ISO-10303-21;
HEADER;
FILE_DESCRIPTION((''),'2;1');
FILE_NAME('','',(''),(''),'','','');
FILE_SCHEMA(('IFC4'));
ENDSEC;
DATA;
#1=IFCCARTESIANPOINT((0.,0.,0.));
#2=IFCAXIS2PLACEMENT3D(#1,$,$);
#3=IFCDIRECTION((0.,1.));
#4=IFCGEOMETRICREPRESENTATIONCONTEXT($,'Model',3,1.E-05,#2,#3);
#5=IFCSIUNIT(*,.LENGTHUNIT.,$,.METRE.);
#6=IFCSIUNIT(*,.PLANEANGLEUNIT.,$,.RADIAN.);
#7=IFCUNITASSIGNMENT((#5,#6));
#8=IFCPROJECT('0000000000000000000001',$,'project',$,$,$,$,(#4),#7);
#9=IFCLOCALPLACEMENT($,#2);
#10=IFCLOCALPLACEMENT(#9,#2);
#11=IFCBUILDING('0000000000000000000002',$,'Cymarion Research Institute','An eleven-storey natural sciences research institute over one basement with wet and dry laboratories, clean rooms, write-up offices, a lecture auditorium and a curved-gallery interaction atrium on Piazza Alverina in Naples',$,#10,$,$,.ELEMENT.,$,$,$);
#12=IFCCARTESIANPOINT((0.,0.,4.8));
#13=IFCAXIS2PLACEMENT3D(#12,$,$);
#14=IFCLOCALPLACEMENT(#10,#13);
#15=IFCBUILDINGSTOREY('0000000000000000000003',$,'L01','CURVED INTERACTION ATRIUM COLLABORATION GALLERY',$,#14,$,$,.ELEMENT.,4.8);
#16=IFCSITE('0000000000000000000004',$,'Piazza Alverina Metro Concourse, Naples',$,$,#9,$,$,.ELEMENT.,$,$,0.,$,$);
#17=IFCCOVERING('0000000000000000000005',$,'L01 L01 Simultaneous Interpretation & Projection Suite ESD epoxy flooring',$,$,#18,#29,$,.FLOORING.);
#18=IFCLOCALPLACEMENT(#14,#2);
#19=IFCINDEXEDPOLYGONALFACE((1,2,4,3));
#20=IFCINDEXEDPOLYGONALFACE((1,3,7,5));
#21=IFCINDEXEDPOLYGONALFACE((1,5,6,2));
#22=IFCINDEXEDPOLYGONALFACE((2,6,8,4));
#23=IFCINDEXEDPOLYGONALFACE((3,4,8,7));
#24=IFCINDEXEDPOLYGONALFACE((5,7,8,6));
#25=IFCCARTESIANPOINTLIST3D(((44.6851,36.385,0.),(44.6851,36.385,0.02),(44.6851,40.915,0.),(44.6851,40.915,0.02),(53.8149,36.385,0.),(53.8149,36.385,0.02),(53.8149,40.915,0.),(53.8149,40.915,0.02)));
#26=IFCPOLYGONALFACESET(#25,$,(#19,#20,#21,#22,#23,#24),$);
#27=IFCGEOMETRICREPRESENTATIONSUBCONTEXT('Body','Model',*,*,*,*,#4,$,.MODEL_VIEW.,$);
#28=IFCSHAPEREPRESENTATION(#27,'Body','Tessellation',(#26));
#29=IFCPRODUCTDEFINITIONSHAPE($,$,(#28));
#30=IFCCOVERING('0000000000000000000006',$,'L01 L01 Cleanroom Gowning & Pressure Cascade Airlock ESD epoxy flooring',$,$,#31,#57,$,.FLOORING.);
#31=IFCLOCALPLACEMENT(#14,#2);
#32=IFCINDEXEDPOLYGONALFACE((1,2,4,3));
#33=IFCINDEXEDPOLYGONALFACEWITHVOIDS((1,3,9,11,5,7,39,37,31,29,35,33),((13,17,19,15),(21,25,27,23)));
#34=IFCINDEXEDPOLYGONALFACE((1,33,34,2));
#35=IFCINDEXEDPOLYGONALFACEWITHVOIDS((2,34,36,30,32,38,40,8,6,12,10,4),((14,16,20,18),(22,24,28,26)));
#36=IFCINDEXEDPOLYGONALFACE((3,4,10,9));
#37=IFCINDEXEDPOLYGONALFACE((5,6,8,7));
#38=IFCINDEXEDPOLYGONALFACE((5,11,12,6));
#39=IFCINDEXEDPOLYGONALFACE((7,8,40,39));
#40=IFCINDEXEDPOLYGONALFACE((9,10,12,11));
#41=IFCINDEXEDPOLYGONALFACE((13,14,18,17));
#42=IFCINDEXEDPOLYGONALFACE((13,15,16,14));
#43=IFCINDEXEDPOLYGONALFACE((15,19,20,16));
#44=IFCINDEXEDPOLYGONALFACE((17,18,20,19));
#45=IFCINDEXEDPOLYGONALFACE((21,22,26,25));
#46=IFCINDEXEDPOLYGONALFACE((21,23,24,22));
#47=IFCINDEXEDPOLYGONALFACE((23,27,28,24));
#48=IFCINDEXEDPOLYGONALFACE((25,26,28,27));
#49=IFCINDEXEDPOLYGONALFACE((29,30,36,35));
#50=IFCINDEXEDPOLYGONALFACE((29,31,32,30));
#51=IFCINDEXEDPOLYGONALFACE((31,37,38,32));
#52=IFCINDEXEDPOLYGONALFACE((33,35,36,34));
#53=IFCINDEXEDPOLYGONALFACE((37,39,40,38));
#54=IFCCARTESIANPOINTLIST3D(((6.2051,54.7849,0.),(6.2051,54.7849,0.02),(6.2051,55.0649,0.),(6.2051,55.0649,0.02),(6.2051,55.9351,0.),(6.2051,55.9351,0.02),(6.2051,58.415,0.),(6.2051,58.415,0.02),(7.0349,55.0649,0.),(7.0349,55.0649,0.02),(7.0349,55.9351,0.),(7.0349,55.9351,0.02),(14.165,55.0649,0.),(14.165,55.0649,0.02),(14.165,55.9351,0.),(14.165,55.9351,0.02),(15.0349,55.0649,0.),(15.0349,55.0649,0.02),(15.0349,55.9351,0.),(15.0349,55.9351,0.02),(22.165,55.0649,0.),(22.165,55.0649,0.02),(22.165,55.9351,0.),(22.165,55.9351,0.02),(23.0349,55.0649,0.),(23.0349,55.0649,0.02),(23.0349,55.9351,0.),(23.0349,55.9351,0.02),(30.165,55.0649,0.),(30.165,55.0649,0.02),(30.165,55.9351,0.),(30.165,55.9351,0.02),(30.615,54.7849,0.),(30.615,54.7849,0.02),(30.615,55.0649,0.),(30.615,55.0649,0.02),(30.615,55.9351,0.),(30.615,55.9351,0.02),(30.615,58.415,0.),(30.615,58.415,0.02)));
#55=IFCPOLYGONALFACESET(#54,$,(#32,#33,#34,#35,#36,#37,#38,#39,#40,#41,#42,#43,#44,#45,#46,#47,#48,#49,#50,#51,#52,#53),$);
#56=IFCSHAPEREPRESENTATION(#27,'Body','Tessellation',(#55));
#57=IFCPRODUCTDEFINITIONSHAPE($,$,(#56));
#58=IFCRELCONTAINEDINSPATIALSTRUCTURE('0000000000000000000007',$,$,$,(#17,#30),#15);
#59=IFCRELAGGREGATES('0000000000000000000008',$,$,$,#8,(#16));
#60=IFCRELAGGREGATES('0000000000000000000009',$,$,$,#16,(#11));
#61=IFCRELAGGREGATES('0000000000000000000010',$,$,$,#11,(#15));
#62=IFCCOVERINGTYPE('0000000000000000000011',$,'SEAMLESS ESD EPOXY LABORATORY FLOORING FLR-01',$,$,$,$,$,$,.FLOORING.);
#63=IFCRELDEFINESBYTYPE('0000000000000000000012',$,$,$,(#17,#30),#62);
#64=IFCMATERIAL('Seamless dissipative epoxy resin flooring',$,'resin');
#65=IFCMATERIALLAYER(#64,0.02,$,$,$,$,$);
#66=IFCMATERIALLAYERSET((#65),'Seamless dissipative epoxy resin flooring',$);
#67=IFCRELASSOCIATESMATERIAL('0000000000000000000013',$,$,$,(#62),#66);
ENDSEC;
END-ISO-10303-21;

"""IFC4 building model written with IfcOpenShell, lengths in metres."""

from ifc_helpers import new_model, si_unit, direction, frame, origin, place, context, subcontext, project, spatial, polyline, outline, extrude, material, layer, layer_set, type_object, element, save


model = new_model("IFC4")

# Units and contexts
model_context = context("Model", 3, precision=1e-05, world=origin(), true_north=direction((0.0, 1.0)))
body_context = subcontext(model_context, "Body", "Model", "MODEL_VIEW")
ifc_project = project(units=[si_unit("LENGTHUNIT", "METRE"), si_unit("PLANEANGLEUNIT", "RADIAN")], contexts=[model_context])

# Site, building, storey
site_placement = place(None, origin())
site = spatial("IfcSite", under=ifc_project, at=site_placement, Name="Piazza Alverina Metro Concourse, Naples", CompositionType="ELEMENT", RefElevation=0.0)
building_placement = place(site_placement, origin())
building = spatial("IfcBuilding", under=site, at=building_placement, Name="Cymarion Research Institute", Description="An eleven-storey natural sciences research institute over one basement with wet and dry laboratories, clean rooms, write-up offices, a lecture auditorium and a curved-gallery interaction atrium on Piazza Alverina in Naples", CompositionType="ELEMENT")
storey_placement = place(building_placement, frame((0.0, 0.0, 4.8)))
storey = spatial("IfcBuildingStorey", under=building, at=storey_placement, Name="L01", Description="CURVED INTERACTION ATRIUM COLLABORATION GALLERY", CompositionType="ELEMENT", Elevation=4.8)

# Coverings
ifc_material_1 = material(Name="Seamless dissipative epoxy resin flooring", Category="resin")
ifc_layer_1 = layer(ifc_material_1, 0.02)
ifc_layer_set_1 = layer_set([ifc_layer_1], Name="Seamless dissipative epoxy resin flooring")
covering_type = type_object("IfcCoveringType", Name="SEAMLESS ESD EPOXY LABORATORY FLOORING FLR-01", PredefinedType="FLOORING", material=ifc_layer_set_1)
covering_1_placement = place(storey_placement, origin())
element("IfcCovering", 1, at=covering_1_placement, inside=storey, type_object=covering_type, Name="L01 L01 Simultaneous Interpretation & Projection Suite ESD epoxy flooring", PredefinedType="FLOORING", context=body_context, shape_type="SweptSolid", body=[
    extrude(outline(polyline([(44.6851, 40.915), (53.8149, 40.915), (53.8149, 36.385), (44.6851, 36.385), (44.6851, 40.915)])), origin(), (0.0, 0.0, 1.0), 0.02),
])
covering_2_placement = place(storey_placement, origin())
element("IfcCovering", 2, at=covering_2_placement, inside=storey, type_object=covering_type, Name="L01 L01 Cleanroom Gowning & Pressure Cascade Airlock ESD epoxy flooring", PredefinedType="FLOORING", context=body_context, shape_type="SweptSolid", body=[
    extrude(outline(polyline([(6.2051, 55.0649), (7.0349, 55.0649), (7.0349, 55.9351), (6.2051, 55.9351), (6.2051, 58.415), (30.615, 58.415), (30.615, 55.9351), (30.165, 55.9351), (30.165, 55.0649), (30.615, 55.0649), (30.615, 54.7849), (6.2051, 54.7849), (6.2051, 55.0649)]), holes=[polyline([(23.0349, 55.9351), (22.165, 55.9351), (22.165, 55.0649), (23.0349, 55.0649), (23.0349, 55.9351)]), polyline([(15.0349, 55.9351), (14.165, 55.9351), (14.165, 55.0649), (15.0349, 55.0649), (15.0349, 55.9351)])]), origin(), (0.0, 0.0, 1.0), 0.02),
])

save(model, "model.ifc")
